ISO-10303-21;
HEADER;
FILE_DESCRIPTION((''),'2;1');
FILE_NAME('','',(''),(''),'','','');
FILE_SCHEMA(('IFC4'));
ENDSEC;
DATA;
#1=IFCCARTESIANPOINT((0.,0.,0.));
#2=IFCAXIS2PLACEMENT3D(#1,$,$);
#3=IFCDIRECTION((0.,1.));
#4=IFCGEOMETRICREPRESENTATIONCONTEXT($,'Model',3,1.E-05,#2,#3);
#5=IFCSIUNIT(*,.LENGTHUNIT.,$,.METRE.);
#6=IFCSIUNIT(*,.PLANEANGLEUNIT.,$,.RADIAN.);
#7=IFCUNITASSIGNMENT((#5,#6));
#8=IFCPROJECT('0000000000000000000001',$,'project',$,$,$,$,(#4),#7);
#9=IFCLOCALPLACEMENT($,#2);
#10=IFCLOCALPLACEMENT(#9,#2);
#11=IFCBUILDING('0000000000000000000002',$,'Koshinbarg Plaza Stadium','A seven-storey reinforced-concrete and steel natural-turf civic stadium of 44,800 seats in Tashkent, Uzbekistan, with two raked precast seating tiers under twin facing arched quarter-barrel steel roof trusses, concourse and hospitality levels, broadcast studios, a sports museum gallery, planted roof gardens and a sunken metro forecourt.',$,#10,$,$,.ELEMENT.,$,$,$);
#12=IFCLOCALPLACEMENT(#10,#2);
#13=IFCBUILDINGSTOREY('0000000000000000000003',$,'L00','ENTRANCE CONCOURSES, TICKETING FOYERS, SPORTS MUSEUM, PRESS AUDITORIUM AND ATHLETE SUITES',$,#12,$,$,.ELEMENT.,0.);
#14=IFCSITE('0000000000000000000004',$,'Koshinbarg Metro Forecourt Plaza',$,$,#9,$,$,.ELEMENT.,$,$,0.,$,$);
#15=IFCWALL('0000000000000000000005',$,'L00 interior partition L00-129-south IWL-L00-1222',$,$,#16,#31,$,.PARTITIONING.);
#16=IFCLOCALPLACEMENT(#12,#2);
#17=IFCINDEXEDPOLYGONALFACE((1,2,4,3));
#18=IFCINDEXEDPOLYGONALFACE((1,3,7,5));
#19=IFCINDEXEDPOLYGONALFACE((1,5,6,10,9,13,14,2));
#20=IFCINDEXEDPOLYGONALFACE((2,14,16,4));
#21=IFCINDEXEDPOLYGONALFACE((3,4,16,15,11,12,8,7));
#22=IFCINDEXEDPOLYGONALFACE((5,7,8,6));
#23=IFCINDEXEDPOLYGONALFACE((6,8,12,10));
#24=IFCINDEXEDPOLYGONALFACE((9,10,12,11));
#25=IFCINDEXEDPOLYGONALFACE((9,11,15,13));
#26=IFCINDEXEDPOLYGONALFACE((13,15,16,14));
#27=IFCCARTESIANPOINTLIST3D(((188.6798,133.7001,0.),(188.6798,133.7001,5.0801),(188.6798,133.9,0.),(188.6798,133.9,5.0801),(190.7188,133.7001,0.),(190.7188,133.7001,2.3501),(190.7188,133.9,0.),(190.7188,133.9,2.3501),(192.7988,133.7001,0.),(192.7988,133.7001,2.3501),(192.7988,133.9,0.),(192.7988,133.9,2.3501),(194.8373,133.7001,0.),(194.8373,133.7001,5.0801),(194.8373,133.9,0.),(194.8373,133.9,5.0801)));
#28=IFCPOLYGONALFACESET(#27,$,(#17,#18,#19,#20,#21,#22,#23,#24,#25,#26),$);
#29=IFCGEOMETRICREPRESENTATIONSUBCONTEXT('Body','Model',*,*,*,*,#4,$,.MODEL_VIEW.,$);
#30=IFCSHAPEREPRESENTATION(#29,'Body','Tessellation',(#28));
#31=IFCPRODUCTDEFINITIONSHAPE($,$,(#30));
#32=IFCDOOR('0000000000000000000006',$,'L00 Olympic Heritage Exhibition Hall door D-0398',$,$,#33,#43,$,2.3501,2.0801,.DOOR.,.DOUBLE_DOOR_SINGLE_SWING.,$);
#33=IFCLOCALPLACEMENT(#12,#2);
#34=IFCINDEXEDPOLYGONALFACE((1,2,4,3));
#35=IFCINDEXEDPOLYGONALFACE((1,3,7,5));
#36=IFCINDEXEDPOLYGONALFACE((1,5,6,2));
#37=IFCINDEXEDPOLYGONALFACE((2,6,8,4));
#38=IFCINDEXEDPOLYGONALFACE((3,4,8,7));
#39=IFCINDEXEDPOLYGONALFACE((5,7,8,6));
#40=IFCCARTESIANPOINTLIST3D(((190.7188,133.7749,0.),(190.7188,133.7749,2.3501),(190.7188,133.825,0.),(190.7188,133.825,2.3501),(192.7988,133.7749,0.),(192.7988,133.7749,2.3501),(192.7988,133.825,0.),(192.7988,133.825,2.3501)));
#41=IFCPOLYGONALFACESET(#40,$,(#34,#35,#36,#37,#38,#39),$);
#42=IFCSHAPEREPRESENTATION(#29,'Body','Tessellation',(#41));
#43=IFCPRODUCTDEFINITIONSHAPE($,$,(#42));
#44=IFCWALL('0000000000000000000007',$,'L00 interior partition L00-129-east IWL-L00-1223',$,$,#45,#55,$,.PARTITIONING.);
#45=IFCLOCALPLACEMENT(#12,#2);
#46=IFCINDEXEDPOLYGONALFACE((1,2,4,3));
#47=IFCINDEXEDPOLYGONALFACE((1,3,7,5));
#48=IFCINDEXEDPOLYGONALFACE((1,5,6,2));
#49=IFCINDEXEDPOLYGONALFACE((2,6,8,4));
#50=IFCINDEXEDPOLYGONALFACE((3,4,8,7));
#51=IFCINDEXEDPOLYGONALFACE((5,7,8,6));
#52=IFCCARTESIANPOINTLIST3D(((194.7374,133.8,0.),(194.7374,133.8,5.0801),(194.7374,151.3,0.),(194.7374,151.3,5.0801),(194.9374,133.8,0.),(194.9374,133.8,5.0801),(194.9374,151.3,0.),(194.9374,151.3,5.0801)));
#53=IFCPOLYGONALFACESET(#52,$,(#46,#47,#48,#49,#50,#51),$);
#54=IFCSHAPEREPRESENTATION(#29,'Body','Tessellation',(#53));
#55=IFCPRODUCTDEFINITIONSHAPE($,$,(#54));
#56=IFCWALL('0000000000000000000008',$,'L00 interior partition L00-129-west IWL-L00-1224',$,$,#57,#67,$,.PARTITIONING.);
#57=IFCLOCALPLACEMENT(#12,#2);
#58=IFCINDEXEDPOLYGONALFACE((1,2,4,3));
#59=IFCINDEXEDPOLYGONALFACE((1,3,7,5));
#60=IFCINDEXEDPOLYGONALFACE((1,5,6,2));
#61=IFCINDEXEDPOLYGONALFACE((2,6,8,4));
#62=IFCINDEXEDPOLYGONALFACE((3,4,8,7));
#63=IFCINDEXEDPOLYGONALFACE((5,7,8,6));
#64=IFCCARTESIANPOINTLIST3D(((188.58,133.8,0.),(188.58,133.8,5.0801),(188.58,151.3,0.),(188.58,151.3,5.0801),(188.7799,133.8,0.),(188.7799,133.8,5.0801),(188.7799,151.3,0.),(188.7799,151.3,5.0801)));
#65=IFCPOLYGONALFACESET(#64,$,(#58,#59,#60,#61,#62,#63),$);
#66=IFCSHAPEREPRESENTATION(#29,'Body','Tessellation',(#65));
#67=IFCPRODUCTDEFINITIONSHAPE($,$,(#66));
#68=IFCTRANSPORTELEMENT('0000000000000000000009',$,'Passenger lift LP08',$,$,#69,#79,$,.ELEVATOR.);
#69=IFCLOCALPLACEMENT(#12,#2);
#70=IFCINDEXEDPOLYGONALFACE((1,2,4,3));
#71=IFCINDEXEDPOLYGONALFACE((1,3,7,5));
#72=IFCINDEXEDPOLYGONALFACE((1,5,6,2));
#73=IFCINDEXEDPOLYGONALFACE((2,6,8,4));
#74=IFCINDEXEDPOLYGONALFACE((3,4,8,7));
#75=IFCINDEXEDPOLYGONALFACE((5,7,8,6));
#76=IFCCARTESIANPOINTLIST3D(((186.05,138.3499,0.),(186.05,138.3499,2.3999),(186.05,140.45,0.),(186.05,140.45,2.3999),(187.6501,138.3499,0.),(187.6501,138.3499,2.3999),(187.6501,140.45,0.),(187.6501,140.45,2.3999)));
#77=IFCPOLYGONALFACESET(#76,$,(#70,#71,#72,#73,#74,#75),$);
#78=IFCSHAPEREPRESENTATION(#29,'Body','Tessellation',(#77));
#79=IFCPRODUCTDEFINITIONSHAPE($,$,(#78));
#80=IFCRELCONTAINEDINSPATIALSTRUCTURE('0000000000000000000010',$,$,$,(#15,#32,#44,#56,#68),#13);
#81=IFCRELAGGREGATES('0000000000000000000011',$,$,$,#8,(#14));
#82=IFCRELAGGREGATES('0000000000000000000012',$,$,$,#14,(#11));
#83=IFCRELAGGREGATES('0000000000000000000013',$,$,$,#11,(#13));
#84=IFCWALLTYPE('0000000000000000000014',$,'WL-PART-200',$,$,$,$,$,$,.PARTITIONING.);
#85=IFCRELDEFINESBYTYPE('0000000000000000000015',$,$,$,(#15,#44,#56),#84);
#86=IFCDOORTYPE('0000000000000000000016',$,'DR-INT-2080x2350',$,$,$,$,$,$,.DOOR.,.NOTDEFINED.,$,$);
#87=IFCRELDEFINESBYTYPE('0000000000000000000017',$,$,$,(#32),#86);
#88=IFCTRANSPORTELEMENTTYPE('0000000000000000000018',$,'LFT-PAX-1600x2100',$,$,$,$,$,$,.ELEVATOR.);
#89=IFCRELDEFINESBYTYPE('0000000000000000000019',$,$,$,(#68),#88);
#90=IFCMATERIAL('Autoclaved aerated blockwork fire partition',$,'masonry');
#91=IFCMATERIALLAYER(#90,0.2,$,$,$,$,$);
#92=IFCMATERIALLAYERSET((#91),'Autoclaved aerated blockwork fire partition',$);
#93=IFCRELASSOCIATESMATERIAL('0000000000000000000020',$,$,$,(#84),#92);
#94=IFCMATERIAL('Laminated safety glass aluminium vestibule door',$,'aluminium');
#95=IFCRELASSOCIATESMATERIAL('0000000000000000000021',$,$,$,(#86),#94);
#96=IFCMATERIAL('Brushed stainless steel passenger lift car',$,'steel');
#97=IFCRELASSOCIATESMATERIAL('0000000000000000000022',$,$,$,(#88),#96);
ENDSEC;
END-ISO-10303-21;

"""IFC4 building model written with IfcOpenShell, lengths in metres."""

from ifc_helpers import new_model, si_unit, direction, frame, frame_2d, origin, origin_2d, place, context, subcontext, project, spatial, rectangle, extrude, material, layer, layer_set, type_object, element, fill, save


model = new_model("IFC4")

# Units and contexts
model_context = context("Model", 3, precision=1e-05, world=origin(), true_north=direction((0.0, 1.0)))
body_context = subcontext(model_context, "Body", "Model", "MODEL_VIEW")
ifc_project = project(units=[si_unit("LENGTHUNIT", "METRE"), si_unit("PLANEANGLEUNIT", "RADIAN")], contexts=[model_context])

# Site, building, storey
site_placement = place(None, origin())
site = spatial("IfcSite", under=ifc_project, at=site_placement, Name="Koshinbarg Metro Forecourt Plaza", CompositionType="ELEMENT", RefElevation=0.0)
building_placement = place(site_placement, origin())
building = spatial("IfcBuilding", under=site, at=building_placement, Name="Koshinbarg Plaza Stadium", Description="A seven-storey reinforced-concrete and steel natural-turf civic stadium of 44,800 seats in Tashkent, Uzbekistan, with two raked precast seating tiers under twin facing arched quarter-barrel steel roof trusses, concourse and hospitality levels, broadcast studios, a sports museum gallery, planted roof gardens and a sunken metro forecourt.", CompositionType="ELEMENT")
storey_placement = place(building_placement, origin())
storey = spatial("IfcBuildingStorey", under=building, at=storey_placement, Name="L00", Description="ENTRANCE CONCOURSES, TICKETING FOYERS, SPORTS MUSEUM, PRESS AUDITORIUM AND ATHLETE SUITES", CompositionType="ELEMENT", Elevation=0.0)

# Wall, opening, door
ifc_material_1 = material(Name="Autoclaved aerated blockwork fire partition", Category="masonry")
ifc_layer_1 = layer(ifc_material_1, 0.2)
ifc_layer_set_1 = layer_set([ifc_layer_1], Name="Autoclaved aerated blockwork fire partition")
wall_type_1 = type_object("IfcWallType", Name="WL-PART-200", PredefinedType="PARTITIONING", material=ifc_layer_set_1)
wall_1_placement = place(storey_placement, frame((188.6799, 133.8, 0.0), z_axis=(0.0, 0.0, 1.0), x_axis=(1.0, 0.0, 0.0)))
wall_1 = element("IfcWall", 1, at=wall_1_placement, inside=storey, type_object=wall_type_1, Name="L00 interior partition L00-129-south IWL-L00-1222", PredefinedType="PARTITIONING", context=body_context, shape_type="SweptSolid", body=[
    extrude(rectangle(XDim=6.1575, YDim=0.2, at=frame_2d((3.0786, 0.0))), origin(), (0.0, 0.0, 1.0), 5.0801),
])
opening_1_placement = place(wall_1_placement, frame((2.0388, 0.0, 0.0)))
opening_1 = element("IfcOpeningElement", 2, at=opening_1_placement, cuts=wall_1, PredefinedType="OPENING", context=body_context, shape_type="SweptSolid", body=[
    extrude(rectangle(XDim=2.0801, YDim=2.3501, at=frame_2d((1.04, 1.175))), frame((0.0, 0.1099, 0.0), z_axis=(0.0, -1.0, 0.0), x_axis=(1.0, 0.0, 0.0)), (0.0, 0.0, 1.0), 0.22),
])
ifc_material_2 = material(Name="Laminated safety glass aluminium vestibule door", Category="aluminium")
door_type_1 = type_object("IfcDoorType", Name="DR-INT-2080x2350", OperationType="NOTDEFINED", PredefinedType="DOOR", material=ifc_material_2)
door_1_placement = place(opening_1_placement, origin())
door_1 = element("IfcDoor", 3, at=door_1_placement, inside=storey, type_object=door_type_1, Name="L00 Olympic Heritage Exhibition Hall door D-0398", OperationType="DOUBLE_DOOR_SINGLE_SWING", OverallHeight=2.3501, OverallWidth=2.0801, PredefinedType="DOOR", context=body_context, shape_type="SweptSolid", body=[
    extrude(rectangle(XDim=2.0801, YDim=2.3501, at=frame_2d((1.04, 1.175))), frame((0.0, 0.0249, 0.0), z_axis=(0.0, -1.0, 0.0), x_axis=(1.0, 0.0, 0.0)), (0.0, 0.0, 1.0), 0.05),
])
fill(opening_1, door_1)

# Walls
for number, where, z_axis, x_axis, name in (
    (4, (194.8374, 133.8, 0.0), (0.0, 0.0, 1.0), (0.0, 1.0, 0.0), "L00 interior partition L00-129-east IWL-L00-1223"),
    (5, (188.6799, 151.3, 0.0), (0.0, 0.0, 1.0), (0.0, -1.0, 0.0), "L00 interior partition L00-129-west IWL-L00-1224"),
):
    element("IfcWall", number, at=place(storey_placement, frame(where, z_axis=z_axis, x_axis=x_axis)), inside=storey, type_object=wall_type_1, Name=name, PredefinedType="PARTITIONING", context=body_context, shape_type="SweptSolid", body=[
        extrude(rectangle(XDim=17.5, YDim=0.2, at=frame_2d((8.75, 0.0))), origin(), (0.0, 0.0, 1.0), 5.0801),
    ])

# Transport element
ifc_material_3 = material(Name="Brushed stainless steel passenger lift car", Category="steel")
transport_element_type = type_object("IfcTransportElementType", Name="LFT-PAX-1600x2100", PredefinedType="ELEVATOR", material=ifc_material_3)
transport_element_placement = place(storey_placement, frame((186.8501, 139.3999, 0.0), z_axis=(0.0, 0.0, 1.0), x_axis=(1.0, 0.0, 0.0)))
element("IfcTransportElement", 6, at=transport_element_placement, inside=storey, type_object=transport_element_type, Name="Passenger lift LP08", PredefinedType="ELEVATOR", context=body_context, shape_type="SweptSolid", body=[
    extrude(rectangle(XDim=1.6001, YDim=2.1001, at=origin_2d()), origin(), (0.0, 0.0, 1.0), 2.3999),
])

save(model, "model.ifc")
